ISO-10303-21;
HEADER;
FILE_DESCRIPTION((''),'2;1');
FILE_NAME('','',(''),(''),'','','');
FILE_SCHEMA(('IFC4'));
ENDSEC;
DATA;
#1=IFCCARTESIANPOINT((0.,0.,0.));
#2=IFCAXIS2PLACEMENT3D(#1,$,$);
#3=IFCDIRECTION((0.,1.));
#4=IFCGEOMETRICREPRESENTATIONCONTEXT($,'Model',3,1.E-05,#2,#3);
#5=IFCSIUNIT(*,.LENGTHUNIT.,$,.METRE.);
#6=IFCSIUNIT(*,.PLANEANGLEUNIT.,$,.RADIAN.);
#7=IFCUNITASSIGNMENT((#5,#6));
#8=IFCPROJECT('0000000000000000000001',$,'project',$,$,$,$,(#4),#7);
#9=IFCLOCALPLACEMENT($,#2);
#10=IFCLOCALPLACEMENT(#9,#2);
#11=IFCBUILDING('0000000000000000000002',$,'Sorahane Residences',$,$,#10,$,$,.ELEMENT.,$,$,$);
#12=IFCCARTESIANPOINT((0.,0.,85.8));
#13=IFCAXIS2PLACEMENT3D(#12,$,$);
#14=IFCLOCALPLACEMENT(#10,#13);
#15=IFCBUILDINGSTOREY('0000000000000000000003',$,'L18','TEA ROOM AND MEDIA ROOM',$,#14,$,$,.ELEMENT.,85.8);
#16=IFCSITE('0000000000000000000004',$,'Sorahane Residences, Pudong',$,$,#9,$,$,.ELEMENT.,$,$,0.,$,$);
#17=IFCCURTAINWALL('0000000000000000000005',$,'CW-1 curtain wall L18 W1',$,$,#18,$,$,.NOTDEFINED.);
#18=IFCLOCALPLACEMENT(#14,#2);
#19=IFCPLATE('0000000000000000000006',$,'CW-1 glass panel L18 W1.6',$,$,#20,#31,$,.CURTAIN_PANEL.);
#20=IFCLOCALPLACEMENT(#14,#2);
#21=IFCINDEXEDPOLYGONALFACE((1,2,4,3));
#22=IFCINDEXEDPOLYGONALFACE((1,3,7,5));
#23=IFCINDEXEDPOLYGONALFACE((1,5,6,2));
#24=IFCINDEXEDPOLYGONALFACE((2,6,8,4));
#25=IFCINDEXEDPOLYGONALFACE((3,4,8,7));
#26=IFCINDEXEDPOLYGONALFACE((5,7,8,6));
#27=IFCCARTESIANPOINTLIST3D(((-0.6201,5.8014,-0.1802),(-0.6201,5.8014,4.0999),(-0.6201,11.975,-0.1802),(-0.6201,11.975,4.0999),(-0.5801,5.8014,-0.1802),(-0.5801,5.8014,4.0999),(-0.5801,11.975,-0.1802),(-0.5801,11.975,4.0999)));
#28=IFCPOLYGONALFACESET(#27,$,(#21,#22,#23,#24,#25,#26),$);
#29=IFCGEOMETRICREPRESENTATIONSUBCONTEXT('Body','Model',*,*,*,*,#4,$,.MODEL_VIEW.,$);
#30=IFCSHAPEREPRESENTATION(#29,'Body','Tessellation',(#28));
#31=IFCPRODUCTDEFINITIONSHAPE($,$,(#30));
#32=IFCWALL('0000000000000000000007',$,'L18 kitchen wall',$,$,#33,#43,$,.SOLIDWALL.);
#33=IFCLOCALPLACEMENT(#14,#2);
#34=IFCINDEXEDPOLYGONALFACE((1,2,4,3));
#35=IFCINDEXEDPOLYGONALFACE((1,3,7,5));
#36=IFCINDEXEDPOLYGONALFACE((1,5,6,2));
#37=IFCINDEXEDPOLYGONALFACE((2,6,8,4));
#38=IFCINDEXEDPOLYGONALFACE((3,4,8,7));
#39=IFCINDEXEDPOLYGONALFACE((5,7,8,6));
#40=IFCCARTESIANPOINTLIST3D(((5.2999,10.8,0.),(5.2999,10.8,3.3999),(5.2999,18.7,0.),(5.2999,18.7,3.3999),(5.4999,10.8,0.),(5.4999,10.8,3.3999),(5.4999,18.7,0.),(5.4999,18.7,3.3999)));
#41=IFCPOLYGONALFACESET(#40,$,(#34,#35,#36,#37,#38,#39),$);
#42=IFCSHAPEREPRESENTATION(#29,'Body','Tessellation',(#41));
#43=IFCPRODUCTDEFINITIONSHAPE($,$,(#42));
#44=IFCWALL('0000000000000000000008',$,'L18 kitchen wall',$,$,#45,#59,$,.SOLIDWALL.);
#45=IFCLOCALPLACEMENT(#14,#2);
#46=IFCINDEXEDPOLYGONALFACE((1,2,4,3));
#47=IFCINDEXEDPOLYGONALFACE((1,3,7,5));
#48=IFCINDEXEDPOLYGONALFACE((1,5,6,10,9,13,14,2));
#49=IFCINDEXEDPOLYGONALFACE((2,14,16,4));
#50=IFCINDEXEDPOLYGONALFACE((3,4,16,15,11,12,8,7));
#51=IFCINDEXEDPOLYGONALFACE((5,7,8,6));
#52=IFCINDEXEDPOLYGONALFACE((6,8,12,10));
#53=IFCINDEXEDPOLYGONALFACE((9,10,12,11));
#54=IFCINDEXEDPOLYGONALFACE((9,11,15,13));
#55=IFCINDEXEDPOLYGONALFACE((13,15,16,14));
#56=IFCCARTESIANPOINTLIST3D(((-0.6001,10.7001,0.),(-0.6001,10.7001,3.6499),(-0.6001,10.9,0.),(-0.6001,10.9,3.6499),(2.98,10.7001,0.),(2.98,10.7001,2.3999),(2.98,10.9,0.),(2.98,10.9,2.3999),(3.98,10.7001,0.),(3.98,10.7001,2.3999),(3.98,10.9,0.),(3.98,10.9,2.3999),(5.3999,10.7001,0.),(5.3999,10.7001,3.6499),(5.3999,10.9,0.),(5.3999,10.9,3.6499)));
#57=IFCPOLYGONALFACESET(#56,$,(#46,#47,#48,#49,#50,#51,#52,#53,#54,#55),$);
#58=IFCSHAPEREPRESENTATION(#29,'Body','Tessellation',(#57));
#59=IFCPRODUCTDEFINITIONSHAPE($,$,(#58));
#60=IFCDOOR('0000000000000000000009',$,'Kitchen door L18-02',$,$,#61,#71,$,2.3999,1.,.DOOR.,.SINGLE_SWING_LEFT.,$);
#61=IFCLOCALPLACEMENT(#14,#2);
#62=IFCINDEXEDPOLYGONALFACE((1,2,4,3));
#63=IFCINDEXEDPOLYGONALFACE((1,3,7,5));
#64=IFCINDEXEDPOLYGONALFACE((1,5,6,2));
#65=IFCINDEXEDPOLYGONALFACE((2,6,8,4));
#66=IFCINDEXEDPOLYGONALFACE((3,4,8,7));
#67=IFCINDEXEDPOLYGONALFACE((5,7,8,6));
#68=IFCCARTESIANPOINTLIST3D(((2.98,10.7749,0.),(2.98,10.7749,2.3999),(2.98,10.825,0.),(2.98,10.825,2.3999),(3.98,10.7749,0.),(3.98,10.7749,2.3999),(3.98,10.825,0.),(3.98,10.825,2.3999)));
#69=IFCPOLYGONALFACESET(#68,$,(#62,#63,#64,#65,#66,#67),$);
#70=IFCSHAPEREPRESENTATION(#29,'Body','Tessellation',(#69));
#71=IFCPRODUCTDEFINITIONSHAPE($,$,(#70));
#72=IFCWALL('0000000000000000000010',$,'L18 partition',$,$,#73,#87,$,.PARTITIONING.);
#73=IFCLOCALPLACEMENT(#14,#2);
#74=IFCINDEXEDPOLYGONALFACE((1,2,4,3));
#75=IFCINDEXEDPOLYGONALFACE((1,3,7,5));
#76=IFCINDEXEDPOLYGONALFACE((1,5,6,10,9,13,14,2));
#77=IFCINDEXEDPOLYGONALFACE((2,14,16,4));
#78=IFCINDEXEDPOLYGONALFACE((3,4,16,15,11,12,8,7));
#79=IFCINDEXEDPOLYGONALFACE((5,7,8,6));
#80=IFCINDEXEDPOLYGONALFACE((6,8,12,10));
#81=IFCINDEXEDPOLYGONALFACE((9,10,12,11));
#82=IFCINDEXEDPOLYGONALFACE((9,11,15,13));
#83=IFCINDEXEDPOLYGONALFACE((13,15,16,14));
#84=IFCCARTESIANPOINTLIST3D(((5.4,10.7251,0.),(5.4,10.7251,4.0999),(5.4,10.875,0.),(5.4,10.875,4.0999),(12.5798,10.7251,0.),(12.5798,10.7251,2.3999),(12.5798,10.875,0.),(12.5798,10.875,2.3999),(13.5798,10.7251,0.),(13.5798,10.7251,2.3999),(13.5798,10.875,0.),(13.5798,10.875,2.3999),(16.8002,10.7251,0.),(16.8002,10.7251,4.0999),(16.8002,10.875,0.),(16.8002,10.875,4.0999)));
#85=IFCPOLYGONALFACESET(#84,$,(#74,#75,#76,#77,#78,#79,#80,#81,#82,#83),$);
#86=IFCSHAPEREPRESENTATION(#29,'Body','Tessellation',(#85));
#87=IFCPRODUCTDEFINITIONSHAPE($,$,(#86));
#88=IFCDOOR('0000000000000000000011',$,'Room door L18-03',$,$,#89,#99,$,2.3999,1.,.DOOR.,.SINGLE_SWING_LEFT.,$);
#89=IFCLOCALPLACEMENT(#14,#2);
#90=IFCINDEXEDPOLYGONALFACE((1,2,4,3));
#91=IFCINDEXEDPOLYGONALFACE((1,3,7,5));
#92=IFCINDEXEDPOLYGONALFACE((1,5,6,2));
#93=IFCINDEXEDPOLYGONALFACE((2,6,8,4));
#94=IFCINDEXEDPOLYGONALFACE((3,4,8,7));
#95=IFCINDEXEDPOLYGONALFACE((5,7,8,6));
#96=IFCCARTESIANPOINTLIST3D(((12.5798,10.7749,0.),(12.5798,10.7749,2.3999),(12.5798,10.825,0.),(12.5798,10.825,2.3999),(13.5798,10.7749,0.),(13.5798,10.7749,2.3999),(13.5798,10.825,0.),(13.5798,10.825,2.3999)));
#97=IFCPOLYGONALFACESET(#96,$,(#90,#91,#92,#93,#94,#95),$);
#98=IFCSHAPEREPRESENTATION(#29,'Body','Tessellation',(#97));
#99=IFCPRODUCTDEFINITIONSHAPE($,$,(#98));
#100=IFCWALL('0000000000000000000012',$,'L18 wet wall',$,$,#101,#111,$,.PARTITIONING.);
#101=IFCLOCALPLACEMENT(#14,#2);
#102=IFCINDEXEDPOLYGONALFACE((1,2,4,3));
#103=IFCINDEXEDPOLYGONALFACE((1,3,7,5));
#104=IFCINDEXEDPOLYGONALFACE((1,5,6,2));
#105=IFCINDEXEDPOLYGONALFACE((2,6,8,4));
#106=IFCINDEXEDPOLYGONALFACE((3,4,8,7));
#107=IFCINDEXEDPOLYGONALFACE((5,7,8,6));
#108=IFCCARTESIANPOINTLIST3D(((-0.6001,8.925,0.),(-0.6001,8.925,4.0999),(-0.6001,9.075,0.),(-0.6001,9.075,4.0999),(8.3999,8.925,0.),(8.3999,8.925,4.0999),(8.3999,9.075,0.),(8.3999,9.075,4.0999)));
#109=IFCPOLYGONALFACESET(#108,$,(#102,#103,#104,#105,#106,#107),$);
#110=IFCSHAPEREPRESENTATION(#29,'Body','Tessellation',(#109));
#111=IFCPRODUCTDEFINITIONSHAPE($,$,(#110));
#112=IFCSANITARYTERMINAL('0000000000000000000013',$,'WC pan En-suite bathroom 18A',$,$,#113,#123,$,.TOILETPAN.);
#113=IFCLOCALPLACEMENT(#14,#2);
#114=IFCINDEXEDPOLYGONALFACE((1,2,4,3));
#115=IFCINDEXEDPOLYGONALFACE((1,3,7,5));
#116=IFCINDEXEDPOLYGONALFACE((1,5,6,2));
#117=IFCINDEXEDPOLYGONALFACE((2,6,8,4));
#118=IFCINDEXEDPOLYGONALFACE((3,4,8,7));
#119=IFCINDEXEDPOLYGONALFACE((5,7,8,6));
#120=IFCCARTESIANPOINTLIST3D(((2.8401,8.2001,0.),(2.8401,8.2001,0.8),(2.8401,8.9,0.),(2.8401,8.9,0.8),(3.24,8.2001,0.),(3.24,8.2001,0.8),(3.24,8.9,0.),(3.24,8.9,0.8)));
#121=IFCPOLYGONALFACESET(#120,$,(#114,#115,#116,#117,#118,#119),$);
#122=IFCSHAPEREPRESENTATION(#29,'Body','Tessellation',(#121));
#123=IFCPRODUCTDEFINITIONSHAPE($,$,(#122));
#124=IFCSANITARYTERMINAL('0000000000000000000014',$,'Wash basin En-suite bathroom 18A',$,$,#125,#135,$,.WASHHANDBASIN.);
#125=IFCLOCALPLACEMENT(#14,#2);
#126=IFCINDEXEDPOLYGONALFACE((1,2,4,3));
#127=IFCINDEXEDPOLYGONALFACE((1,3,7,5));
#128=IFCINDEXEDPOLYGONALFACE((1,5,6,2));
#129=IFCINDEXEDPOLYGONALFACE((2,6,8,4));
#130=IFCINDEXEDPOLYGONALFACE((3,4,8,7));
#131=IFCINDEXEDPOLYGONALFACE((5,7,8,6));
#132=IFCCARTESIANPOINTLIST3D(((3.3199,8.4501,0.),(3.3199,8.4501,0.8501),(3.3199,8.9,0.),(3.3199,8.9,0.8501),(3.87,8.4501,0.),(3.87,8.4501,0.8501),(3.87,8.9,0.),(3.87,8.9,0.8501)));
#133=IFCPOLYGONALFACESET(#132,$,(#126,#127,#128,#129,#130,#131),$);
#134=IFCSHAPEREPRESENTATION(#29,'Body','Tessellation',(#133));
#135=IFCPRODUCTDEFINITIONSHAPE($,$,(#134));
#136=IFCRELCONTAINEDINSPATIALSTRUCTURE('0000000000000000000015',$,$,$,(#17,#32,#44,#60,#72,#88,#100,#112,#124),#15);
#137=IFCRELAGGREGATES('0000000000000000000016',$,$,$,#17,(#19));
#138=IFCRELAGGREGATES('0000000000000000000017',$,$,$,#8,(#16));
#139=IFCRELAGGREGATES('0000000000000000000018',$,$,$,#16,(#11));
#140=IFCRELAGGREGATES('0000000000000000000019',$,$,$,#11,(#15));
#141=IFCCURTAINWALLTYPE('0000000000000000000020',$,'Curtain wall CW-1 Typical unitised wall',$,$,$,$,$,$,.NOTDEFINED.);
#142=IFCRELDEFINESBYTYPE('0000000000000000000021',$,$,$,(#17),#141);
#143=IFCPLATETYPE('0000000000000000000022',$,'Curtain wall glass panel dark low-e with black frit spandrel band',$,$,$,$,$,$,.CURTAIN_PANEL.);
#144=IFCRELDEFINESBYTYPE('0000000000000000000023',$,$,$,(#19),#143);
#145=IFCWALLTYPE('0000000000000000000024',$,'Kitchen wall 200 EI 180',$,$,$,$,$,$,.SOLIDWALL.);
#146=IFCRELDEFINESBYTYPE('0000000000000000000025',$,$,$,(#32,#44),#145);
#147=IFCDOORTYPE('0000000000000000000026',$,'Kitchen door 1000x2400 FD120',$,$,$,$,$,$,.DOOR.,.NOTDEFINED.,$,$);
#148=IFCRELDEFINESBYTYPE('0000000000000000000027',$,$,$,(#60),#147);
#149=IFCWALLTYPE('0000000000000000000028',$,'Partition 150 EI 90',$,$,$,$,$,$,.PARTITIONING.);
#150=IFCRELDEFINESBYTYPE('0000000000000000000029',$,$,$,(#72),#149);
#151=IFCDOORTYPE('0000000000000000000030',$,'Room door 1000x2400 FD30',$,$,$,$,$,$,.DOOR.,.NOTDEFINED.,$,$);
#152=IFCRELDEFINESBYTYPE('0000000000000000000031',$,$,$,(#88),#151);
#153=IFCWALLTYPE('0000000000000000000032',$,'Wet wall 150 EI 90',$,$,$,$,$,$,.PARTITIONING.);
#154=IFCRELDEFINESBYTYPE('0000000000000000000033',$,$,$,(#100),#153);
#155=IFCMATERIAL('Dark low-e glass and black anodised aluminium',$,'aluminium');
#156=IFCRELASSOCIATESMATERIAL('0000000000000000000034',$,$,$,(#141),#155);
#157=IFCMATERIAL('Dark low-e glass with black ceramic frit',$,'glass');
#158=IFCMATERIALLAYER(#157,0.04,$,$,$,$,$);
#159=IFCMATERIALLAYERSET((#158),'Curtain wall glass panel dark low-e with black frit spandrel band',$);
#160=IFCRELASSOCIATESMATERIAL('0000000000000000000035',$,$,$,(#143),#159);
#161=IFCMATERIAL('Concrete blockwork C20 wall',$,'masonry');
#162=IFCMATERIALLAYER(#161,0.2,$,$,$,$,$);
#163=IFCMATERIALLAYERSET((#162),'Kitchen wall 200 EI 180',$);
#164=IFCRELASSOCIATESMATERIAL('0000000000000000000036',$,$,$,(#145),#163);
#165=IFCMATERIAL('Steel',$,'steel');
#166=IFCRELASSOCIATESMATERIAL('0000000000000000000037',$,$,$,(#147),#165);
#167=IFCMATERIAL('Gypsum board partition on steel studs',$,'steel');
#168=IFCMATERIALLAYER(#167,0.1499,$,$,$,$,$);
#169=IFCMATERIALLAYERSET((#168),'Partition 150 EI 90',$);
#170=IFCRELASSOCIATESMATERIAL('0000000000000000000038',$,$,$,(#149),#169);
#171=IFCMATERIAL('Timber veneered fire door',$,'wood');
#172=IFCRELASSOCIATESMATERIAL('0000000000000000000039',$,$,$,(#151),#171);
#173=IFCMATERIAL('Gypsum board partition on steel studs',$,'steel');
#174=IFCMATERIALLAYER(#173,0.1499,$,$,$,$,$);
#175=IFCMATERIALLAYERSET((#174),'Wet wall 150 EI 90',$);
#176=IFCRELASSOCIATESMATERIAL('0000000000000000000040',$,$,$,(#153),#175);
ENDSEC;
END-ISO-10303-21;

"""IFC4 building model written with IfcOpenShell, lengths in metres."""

from ifc_helpers import new_model, si_unit, direction, frame, frame_2d, origin, origin_2d, place, context, subcontext, project, spatial, rectangle, extrude, material, layer, layer_set, type_object, element, fill, aggregate, save


model = new_model("IFC4")

# Units and contexts
model_context = context("Model", 3, precision=1e-05, world=origin(), true_north=direction((0.0, 1.0)))
body_context = subcontext(model_context, "Body", "Model", "MODEL_VIEW")
ifc_project = project(units=[si_unit("LENGTHUNIT", "METRE"), si_unit("PLANEANGLEUNIT", "RADIAN")], contexts=[model_context])

# Site, building, storey
site_placement = place(None, origin())
site = spatial("IfcSite", under=ifc_project, at=site_placement, Name="Sorahane Residences, Pudong", CompositionType="ELEMENT", RefElevation=0.0)
building_placement = place(site_placement, origin())
building = spatial("IfcBuilding", under=site, at=building_placement, Name="Sorahane Residences", CompositionType="ELEMENT")
storey_placement = place(building_placement, frame((0.0, 0.0, 85.8)))
storey = spatial("IfcBuildingStorey", under=building, at=storey_placement, Name="L18", Description="TEA ROOM AND MEDIA ROOM", CompositionType="ELEMENT", Elevation=85.8)

# Curtain wall
ifc_material_1 = material(Name="Dark low-e glass and black anodised aluminium", Category="aluminium")
curtain_wall_type = type_object("IfcCurtainWallType", Name="Curtain wall CW-1 Typical unitised wall", PredefinedType="NOTDEFINED", material=ifc_material_1)
curtain_wall_placement = place(storey_placement, origin())
curtain_wall = element("IfcCurtainWall", 1, at=curtain_wall_placement, inside=storey, type_object=curtain_wall_type, Name="CW-1 curtain wall L18 W1", PredefinedType="NOTDEFINED")

# Plate
ifc_material_2 = material(Name="Dark low-e glass with black ceramic frit", Category="glass")
ifc_layer_1 = layer(ifc_material_2, 0.04)
ifc_layer_set_1 = layer_set([ifc_layer_1], Name="Curtain wall glass panel dark low-e with black frit spandrel band")
plate_type = type_object("IfcPlateType", Name="Curtain wall glass panel dark low-e with black frit spandrel band", PredefinedType="CURTAIN_PANEL", material=ifc_layer_set_1)
plate_1_placement = place(storey_placement, frame((-0.6001, 8.8882, -0.1802), z_axis=(0.0, 0.0, 1.0), x_axis=(0.0, -1.0, 0.0)))
plate_1 = element("IfcPlate", 2, at=plate_1_placement, type_object=plate_type, Name="CW-1 glass panel L18 W1.6", PredefinedType="CURTAIN_PANEL", context=body_context, shape_type="SweptSolid", body=[
    extrude(rectangle(XDim=6.1736, YDim=0.04, at=origin_2d()), origin(), (0.0, 0.0, 1.0), 4.28),
])
aggregate(curtain_wall, [plate_1])

# Wall
ifc_material_3 = material(Name="Concrete blockwork C20 wall", Category="masonry")
ifc_layer_2 = layer(ifc_material_3, 0.2)
ifc_layer_set_2 = layer_set([ifc_layer_2], Name="Kitchen wall 200 EI 180")
wall_type_1 = type_object("IfcWallType", Name="Kitchen wall 200 EI 180", PredefinedType="SOLIDWALL", material=ifc_layer_set_2)
wall_1_placement = place(storey_placement, frame((5.3999, 10.8, 0.0), z_axis=(0.0, 0.0, 1.0), x_axis=(0.0, 1.0, 0.0)))
element("IfcWall", 3, at=wall_1_placement, inside=storey, type_object=wall_type_1, Name="L18 kitchen wall", PredefinedType="SOLIDWALL", context=body_context, shape_type="SweptSolid", body=[
    extrude(rectangle(XDim=7.8999, YDim=0.2, at=frame_2d((3.95, 0.0))), origin(), (0.0, 0.0, 1.0), 3.3999),
])

# Walls, openings, doors
wall_2_placement = place(storey_placement, frame((-0.6001, 10.8, 0.0), z_axis=(0.0, 0.0, 1.0), x_axis=(1.0, 0.0, 0.0)))
wall_2 = element("IfcWall", 4, at=wall_2_placement, inside=storey, type_object=wall_type_1, Name="L18 kitchen wall", PredefinedType="SOLIDWALL", context=body_context, shape_type="SweptSolid", body=[
    extrude(rectangle(XDim=6.0, YDim=0.2, at=frame_2d((3.0, 0.0))), origin(), (0.0, 0.0, 1.0), 3.6499),
])
opening_1_placement = place(wall_2_placement, frame((3.5801, 0.0, 0.0)))
opening_1 = element("IfcOpeningElement", 5, at=opening_1_placement, cuts=wall_2, PredefinedType="OPENING", context=body_context, shape_type="SweptSolid", body=[
    extrude(rectangle(XDim=1.0, YDim=2.3999, at=frame_2d((0.5, 1.2))), frame((0.0, 0.1099, 0.0), z_axis=(0.0, -1.0, 0.0), x_axis=(1.0, 0.0, 0.0)), (0.0, 0.0, 1.0), 0.22),
])
ifc_material_4 = material(Name="Steel", Category="steel")
door_type_1 = type_object("IfcDoorType", Name="Kitchen door 1000x2400 FD120", OperationType="NOTDEFINED", PredefinedType="DOOR", material=ifc_material_4)
door_1_placement = place(opening_1_placement, origin())
door_1 = element("IfcDoor", 6, at=door_1_placement, inside=storey, type_object=door_type_1, Name="Kitchen door L18-02", OperationType="SINGLE_SWING_LEFT", OverallHeight=2.3999, OverallWidth=1.0, PredefinedType="DOOR", context=body_context, shape_type="SweptSolid", body=[
    extrude(rectangle(XDim=1.0, YDim=2.3999, at=frame_2d((0.5, 1.2))), frame((0.0, 0.0249, 0.0), z_axis=(0.0, -1.0, 0.0), x_axis=(1.0, 0.0, 0.0)), (0.0, 0.0, 1.0), 0.05),
])
fill(opening_1, door_1)
ifc_material_5 = material(Name="Gypsum board partition on steel studs", Category="steel")
ifc_layer_3 = layer(ifc_material_5, 0.1499)
ifc_layer_set_3 = layer_set([ifc_layer_3], Name="Partition 150 EI 90")
wall_type_2 = type_object("IfcWallType", Name="Partition 150 EI 90", PredefinedType="PARTITIONING", material=ifc_layer_set_3)
wall_3_placement = place(storey_placement, frame((5.3999, 10.8, 0.0), z_axis=(0.0, 0.0, 1.0), x_axis=(1.0, 0.0, 0.0)))
wall_3 = element("IfcWall", 7, at=wall_3_placement, inside=storey, type_object=wall_type_2, Name="L18 partition", PredefinedType="PARTITIONING", context=body_context, shape_type="SweptSolid", body=[
    extrude(rectangle(XDim=11.4001, YDim=0.1499, at=frame_2d((5.7002, 0.0))), origin(), (0.0, 0.0, 1.0), 4.0999),
])
opening_2_placement = place(wall_3_placement, frame((7.1799, 0.0, 0.0)))
opening_2 = element("IfcOpeningElement", 8, at=opening_2_placement, cuts=wall_3, PredefinedType="OPENING", context=body_context, shape_type="SweptSolid", body=[
    extrude(rectangle(XDim=1.0, YDim=2.3999, at=frame_2d((0.5, 1.2))), frame((0.0, 0.085, 0.0), z_axis=(0.0, -1.0, 0.0), x_axis=(1.0, 0.0, 0.0)), (0.0, 0.0, 1.0), 0.1699),
])
ifc_material_6 = material(Name="Timber veneered fire door", Category="wood")
door_type_2 = type_object("IfcDoorType", Name="Room door 1000x2400 FD30", OperationType="NOTDEFINED", PredefinedType="DOOR", material=ifc_material_6)
door_2_placement = place(opening_2_placement, origin())
door_2 = element("IfcDoor", 9, at=door_2_placement, inside=storey, type_object=door_type_2, Name="Room door L18-03", OperationType="SINGLE_SWING_LEFT", OverallHeight=2.3999, OverallWidth=1.0, PredefinedType="DOOR", context=body_context, shape_type="SweptSolid", body=[
    extrude(rectangle(XDim=1.0, YDim=2.3999, at=frame_2d((0.5, 1.2))), frame((0.0, 0.0249, 0.0), z_axis=(0.0, -1.0, 0.0), x_axis=(1.0, 0.0, 0.0)), (0.0, 0.0, 1.0), 0.05),
])
fill(opening_2, door_2)

# Wall
ifc_material_7 = material(Name="Gypsum board partition on steel studs", Category="steel")
ifc_layer_4 = layer(ifc_material_7, 0.1499)
ifc_layer_set_4 = layer_set([ifc_layer_4], Name="Wet wall 150 EI 90")
wall_type_3 = type_object("IfcWallType", Name="Wet wall 150 EI 90", PredefinedType="PARTITIONING", material=ifc_layer_set_4)
wall_4_placement = place(storey_placement, frame((-0.6001, 9.0, 0.0), z_axis=(0.0, 0.0, 1.0), x_axis=(1.0, 0.0, 0.0)))
element("IfcWall", 10, at=wall_4_placement, inside=storey, type_object=wall_type_3, Name="L18 wet wall", PredefinedType="PARTITIONING", context=body_context, shape_type="SweptSolid", body=[
    extrude(rectangle(XDim=9.0, YDim=0.1499, at=frame_2d((4.5, 0.0))), origin(), (0.0, 0.0, 1.0), 4.0999),
])

# Sanitary terminals
sanitary_terminal_1_placement = place(storey_placement, frame((3.04, 8.55, 0.0), z_axis=(0.0, 0.0, 1.0), x_axis=(1.0, 0.0, 0.0)))
element("IfcSanitaryTerminal", 11, at=sanitary_terminal_1_placement, inside=storey, Name="WC pan En-suite bathroom 18A", PredefinedType="TOILETPAN", context=body_context, shape_type="SweptSolid", body=[
    extrude(rectangle(XDim=0.3999, YDim=0.7, at=origin_2d()), origin(), (0.0, 0.0, 1.0), 0.8),
])
sanitary_terminal_2_placement = place(storey_placement, frame((3.595, 8.675, 0.0), z_axis=(0.0, 0.0, 1.0), x_axis=(1.0, 0.0, 0.0)))
element("IfcSanitaryTerminal", 12, at=sanitary_terminal_2_placement, inside=storey, Name="Wash basin En-suite bathroom 18A", PredefinedType="WASHHANDBASIN", context=body_context, shape_type="SweptSolid", body=[
    extrude(rectangle(XDim=0.55, YDim=0.45, at=origin_2d()), origin(), (0.0, 0.0, 1.0), 0.8501),
])

save(model, "model.ifc")
